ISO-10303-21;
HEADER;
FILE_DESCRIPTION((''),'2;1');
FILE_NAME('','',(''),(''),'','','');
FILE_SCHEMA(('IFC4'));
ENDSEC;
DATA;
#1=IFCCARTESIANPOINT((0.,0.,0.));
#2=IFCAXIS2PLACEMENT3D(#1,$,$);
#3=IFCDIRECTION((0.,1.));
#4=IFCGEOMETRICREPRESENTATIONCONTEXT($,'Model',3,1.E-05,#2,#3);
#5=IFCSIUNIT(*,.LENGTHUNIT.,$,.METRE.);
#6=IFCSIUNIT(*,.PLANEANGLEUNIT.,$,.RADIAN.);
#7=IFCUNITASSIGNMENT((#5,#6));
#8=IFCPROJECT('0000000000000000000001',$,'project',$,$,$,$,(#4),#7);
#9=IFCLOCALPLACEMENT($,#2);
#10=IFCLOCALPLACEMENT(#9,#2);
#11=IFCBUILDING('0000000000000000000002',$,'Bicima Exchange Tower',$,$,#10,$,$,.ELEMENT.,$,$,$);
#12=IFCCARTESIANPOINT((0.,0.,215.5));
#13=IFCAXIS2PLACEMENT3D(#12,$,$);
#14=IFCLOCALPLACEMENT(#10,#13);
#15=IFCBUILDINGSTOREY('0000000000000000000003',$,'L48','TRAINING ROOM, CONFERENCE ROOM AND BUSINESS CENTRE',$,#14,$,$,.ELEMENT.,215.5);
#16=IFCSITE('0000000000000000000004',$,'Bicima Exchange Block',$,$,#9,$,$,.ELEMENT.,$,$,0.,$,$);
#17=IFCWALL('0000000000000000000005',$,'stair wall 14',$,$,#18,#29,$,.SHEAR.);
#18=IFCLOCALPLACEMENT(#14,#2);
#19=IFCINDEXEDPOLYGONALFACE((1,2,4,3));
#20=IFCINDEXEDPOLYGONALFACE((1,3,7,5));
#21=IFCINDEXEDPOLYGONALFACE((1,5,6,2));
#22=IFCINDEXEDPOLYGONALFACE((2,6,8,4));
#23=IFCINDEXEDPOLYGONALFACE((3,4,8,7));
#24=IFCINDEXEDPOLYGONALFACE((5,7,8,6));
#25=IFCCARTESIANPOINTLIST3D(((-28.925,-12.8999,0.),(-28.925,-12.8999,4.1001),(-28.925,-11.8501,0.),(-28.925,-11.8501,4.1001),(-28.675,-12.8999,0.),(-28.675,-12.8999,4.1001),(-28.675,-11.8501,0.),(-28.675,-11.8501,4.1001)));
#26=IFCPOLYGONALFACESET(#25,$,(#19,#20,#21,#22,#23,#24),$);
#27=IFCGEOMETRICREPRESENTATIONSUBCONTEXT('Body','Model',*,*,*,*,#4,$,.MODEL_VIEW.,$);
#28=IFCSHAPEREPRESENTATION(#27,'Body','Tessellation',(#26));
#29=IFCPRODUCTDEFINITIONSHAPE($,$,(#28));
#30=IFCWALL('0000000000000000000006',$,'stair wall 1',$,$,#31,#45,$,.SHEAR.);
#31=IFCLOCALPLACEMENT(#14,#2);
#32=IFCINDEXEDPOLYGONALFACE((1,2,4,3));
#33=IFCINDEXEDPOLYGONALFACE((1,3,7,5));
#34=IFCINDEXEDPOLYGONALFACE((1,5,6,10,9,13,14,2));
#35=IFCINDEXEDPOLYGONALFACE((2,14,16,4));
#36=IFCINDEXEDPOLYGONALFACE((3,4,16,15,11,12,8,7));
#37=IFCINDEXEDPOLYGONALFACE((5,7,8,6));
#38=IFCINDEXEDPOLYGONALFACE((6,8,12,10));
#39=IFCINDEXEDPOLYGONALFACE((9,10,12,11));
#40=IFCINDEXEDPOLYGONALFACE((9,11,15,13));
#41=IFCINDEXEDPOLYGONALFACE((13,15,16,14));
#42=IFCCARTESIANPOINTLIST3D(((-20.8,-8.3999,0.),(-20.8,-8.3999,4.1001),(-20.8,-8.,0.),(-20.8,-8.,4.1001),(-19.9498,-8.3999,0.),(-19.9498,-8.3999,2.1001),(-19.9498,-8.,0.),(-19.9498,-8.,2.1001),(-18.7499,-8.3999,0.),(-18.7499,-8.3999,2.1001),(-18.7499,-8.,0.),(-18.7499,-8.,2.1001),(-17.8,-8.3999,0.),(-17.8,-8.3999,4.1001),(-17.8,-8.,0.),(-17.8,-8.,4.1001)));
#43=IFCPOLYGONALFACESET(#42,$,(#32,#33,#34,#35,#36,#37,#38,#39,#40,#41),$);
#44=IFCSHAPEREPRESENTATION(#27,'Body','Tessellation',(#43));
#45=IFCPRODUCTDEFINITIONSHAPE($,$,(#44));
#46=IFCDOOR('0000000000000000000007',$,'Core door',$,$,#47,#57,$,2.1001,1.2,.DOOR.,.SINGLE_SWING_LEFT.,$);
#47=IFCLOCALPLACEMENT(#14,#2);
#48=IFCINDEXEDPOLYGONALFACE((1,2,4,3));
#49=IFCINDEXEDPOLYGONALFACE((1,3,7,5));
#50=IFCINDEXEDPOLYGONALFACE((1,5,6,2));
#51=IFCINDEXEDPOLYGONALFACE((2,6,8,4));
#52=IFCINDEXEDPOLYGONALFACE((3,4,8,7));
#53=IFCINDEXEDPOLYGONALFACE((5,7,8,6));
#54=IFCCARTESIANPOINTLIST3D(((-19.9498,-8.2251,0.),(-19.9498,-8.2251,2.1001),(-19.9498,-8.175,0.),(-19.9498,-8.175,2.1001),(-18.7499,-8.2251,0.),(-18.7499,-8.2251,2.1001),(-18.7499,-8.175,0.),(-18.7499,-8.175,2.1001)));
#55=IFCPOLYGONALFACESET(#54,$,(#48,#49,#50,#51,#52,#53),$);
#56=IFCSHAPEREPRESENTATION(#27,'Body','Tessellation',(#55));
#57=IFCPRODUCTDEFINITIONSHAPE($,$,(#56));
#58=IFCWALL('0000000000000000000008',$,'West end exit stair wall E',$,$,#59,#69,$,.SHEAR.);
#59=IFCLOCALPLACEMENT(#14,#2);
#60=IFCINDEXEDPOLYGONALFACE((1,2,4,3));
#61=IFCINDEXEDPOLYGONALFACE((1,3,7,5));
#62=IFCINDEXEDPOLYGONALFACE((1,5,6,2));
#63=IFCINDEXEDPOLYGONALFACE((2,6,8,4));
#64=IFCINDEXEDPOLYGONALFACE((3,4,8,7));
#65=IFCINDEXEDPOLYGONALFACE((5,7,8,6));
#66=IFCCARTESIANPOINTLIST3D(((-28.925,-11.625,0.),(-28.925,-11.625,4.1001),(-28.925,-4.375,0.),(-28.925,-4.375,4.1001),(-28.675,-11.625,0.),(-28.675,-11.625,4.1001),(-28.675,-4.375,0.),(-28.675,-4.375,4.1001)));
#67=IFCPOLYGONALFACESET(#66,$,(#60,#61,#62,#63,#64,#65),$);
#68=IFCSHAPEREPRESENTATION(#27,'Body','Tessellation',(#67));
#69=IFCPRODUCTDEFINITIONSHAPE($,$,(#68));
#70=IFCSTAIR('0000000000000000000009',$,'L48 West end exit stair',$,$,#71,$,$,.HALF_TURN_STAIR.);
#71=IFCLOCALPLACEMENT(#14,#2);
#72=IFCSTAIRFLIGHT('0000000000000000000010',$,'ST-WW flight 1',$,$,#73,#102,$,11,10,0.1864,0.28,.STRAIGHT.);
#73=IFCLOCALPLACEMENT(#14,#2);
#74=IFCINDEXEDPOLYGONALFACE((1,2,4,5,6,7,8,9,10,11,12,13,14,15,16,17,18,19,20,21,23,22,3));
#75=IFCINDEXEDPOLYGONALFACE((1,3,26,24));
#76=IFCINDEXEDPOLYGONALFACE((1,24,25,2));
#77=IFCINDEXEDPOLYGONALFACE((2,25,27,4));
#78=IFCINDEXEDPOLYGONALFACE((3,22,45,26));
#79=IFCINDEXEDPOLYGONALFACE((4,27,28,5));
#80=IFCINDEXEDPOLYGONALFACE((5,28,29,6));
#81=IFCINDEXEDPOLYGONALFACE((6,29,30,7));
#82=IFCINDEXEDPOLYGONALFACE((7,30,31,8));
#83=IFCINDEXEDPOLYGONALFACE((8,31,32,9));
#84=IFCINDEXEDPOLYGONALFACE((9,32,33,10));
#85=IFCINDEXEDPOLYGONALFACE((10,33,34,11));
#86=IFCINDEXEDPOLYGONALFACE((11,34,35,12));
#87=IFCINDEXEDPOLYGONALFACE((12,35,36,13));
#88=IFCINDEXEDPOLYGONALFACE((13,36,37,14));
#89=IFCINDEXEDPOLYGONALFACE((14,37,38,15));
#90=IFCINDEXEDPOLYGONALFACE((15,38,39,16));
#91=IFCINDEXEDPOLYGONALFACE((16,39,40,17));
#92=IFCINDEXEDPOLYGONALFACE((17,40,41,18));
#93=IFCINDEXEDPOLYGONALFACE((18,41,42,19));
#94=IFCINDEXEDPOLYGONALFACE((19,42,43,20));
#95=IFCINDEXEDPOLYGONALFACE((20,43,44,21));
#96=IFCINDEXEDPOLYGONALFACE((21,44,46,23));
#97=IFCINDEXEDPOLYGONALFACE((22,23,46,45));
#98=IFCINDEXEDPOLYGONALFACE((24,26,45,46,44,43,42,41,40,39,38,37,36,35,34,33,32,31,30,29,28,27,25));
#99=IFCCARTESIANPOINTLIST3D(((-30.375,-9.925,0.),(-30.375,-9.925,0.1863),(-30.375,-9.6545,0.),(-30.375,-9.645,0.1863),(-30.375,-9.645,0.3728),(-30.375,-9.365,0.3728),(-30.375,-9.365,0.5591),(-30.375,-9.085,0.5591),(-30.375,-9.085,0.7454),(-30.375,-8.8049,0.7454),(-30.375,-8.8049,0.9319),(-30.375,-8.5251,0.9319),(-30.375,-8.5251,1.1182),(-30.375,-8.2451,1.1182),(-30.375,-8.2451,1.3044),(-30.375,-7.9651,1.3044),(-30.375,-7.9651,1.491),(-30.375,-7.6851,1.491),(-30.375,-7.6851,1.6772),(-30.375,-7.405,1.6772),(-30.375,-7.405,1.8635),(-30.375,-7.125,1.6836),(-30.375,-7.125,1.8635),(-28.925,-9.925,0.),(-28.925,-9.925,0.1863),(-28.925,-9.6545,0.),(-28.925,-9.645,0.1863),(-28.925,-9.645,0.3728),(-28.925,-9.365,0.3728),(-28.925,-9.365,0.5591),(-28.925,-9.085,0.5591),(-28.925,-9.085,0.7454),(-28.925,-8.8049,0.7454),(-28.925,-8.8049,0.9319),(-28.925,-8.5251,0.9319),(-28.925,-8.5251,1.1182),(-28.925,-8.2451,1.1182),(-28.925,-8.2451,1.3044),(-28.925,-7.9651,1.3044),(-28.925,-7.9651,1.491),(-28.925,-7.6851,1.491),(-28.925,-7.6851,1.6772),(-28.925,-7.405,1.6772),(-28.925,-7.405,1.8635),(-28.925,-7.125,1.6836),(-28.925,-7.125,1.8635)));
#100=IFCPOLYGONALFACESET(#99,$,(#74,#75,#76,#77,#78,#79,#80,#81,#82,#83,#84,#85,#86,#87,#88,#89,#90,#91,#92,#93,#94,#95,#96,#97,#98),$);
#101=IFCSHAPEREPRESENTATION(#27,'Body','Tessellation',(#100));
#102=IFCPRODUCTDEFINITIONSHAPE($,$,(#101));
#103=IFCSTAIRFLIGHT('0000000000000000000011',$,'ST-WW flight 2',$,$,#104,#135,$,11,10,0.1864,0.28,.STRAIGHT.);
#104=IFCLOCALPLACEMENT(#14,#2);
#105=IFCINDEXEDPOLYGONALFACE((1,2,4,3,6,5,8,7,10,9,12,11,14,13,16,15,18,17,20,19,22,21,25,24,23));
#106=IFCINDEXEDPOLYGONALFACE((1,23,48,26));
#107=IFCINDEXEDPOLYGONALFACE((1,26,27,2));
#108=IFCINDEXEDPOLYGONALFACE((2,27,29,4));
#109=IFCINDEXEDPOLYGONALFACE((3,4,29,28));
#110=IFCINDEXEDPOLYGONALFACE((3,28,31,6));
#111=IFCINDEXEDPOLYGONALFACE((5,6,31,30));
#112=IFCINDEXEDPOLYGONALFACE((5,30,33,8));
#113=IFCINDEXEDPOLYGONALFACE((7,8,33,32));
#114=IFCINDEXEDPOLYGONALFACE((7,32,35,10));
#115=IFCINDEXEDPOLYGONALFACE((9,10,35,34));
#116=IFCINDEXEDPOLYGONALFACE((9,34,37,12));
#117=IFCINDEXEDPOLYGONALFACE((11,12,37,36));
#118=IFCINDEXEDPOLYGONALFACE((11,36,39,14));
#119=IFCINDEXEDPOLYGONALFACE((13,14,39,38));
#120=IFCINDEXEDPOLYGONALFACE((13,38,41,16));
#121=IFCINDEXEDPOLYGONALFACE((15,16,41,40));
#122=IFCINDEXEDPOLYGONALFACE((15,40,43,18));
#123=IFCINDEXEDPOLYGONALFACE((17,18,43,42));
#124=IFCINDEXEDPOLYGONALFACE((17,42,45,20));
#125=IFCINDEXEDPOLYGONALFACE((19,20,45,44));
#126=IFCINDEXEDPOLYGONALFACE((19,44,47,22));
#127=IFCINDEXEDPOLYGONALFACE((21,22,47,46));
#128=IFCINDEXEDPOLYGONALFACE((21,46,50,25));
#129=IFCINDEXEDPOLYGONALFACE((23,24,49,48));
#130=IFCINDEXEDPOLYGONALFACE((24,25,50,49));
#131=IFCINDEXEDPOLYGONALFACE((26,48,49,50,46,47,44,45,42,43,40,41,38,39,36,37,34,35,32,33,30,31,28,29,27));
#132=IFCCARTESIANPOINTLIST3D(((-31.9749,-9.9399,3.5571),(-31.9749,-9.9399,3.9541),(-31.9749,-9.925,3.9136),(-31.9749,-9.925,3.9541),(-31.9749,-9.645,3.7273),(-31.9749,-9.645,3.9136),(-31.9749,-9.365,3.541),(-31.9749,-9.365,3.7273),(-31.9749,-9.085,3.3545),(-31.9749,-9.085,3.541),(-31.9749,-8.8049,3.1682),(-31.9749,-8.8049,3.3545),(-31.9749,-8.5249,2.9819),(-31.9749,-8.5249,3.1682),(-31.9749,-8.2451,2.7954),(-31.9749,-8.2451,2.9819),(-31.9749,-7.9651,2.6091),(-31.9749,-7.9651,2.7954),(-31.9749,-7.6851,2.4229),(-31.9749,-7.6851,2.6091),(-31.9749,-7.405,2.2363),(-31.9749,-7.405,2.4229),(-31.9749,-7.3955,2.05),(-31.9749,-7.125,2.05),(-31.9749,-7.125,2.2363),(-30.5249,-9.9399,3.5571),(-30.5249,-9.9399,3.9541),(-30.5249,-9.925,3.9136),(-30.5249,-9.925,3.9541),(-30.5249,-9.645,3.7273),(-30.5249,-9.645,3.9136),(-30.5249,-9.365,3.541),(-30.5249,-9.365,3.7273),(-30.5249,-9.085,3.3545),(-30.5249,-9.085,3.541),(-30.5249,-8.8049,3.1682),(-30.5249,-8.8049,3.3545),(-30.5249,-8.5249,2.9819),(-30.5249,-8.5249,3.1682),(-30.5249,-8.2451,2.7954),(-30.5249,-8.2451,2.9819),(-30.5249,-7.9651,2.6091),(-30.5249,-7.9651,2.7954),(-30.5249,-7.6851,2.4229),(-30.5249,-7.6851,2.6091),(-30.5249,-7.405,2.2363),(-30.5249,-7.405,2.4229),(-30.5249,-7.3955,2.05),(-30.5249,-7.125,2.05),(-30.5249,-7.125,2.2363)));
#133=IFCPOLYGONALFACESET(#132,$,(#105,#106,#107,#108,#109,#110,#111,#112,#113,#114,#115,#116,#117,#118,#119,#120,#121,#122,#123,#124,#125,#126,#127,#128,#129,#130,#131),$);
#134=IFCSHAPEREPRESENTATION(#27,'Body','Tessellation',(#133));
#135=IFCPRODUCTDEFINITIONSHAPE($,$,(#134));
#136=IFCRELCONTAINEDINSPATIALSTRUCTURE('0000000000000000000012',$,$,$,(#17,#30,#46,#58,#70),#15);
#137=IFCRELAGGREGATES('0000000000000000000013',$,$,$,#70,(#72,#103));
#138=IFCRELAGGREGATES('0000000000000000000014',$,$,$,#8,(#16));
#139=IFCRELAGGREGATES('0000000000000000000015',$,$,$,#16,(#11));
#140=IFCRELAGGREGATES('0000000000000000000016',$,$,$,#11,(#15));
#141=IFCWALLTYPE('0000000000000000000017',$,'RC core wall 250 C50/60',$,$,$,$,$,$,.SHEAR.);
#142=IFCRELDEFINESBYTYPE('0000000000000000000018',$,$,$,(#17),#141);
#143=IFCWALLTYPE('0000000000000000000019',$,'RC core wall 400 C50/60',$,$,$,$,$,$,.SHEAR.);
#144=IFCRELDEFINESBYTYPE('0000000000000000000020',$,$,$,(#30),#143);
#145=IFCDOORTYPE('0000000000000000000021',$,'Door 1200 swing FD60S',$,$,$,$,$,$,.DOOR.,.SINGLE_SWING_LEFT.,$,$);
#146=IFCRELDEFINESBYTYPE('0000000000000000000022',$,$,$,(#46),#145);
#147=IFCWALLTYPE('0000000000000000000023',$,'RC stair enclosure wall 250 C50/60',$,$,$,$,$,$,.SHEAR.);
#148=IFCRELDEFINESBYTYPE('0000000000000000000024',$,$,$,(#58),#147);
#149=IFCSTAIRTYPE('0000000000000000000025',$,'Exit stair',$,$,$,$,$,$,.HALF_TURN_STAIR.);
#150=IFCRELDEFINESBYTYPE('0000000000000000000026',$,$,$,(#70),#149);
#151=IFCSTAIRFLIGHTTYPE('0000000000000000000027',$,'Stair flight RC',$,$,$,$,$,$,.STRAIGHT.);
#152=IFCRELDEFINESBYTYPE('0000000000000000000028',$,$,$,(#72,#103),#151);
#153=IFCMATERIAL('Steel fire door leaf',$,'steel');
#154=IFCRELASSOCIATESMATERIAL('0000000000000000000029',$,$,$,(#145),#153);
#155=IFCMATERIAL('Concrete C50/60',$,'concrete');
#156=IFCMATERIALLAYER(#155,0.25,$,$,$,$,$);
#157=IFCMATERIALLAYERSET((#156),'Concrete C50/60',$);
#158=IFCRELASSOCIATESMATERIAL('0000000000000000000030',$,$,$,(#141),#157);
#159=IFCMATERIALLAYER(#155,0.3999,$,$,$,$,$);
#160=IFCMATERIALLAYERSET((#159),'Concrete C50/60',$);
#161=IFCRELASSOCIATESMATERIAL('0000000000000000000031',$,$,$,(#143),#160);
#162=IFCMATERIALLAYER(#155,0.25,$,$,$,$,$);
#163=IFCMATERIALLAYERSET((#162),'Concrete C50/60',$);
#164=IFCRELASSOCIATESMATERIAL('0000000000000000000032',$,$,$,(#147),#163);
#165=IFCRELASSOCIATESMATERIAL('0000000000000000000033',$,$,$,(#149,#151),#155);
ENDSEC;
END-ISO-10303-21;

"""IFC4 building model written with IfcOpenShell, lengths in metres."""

from ifc_helpers import new_model, si_unit, direction, frame, frame_2d, origin, place, context, subcontext, project, spatial, polyline, rectangle, outline, extrude, material, layer, layer_set, type_object, element, fill, aggregate, save


model = new_model("IFC4")

# Units and contexts
model_context = context("Model", 3, precision=1e-05, world=origin(), true_north=direction((0.0, 1.0)))
body_context = subcontext(model_context, "Body", "Model", "MODEL_VIEW")
ifc_project = project(units=[si_unit("LENGTHUNIT", "METRE"), si_unit("PLANEANGLEUNIT", "RADIAN")], contexts=[model_context])

# Site, building, storey
site_placement = place(None, origin())
site = spatial("IfcSite", under=ifc_project, at=site_placement, Name="Bicima Exchange Block", CompositionType="ELEMENT", RefElevation=0.0)
building_placement = place(site_placement, origin())
building = spatial("IfcBuilding", under=site, at=building_placement, Name="Bicima Exchange Tower", CompositionType="ELEMENT")
storey_placement = place(building_placement, frame((0.0, 0.0, 215.5)))
storey = spatial("IfcBuildingStorey", under=building, at=storey_placement, Name="L48", Description="TRAINING ROOM, CONFERENCE ROOM AND BUSINESS CENTRE", CompositionType="ELEMENT", Elevation=215.5)

# Shared definitions
ifc_material_1 = material(Name="Concrete C50/60", Category="concrete")
ifc_material_2 = material(Name="Steel fire door leaf", Category="steel")
door_type_1 = type_object("IfcDoorType", Name="Door 1200 swing FD60S", OperationType="SINGLE_SWING_LEFT", PredefinedType="DOOR", material=ifc_material_2)

# Wall
ifc_layer_1 = layer(ifc_material_1, 0.25)
ifc_layer_set_1 = layer_set([ifc_layer_1], Name="Concrete C50/60")
wall_type_1 = type_object("IfcWallType", Name="RC core wall 250 C50/60", PredefinedType="SHEAR", material=ifc_layer_set_1)
wall_1_placement = place(storey_placement, frame((-28.8, -12.8999, 0.0), z_axis=(0.0, 0.0, 1.0), x_axis=(0.0, 1.0, 0.0)))
element("IfcWall", 1, at=wall_1_placement, inside=storey, type_object=wall_type_1, Name="stair wall 14", PredefinedType="SHEAR", context=body_context, shape_type="SweptSolid", body=[
    extrude(rectangle(XDim=1.0498, YDim=0.25, at=frame_2d((0.5249, 0.0))), origin(), (0.0, 0.0, 1.0), 4.1001),
])

# Wall, opening, door
ifc_layer_2 = layer(ifc_material_1, 0.3999)
ifc_layer_set_2 = layer_set([ifc_layer_2], Name="Concrete C50/60")
wall_type_2 = type_object("IfcWallType", Name="RC core wall 400 C50/60", PredefinedType="SHEAR", material=ifc_layer_set_2)
wall_2_placement = place(storey_placement, frame((-20.8, -8.2, 0.0), z_axis=(0.0, 0.0, 1.0), x_axis=(1.0, 0.0, 0.0)))
wall_2 = element("IfcWall", 2, at=wall_2_placement, inside=storey, type_object=wall_type_2, Name="stair wall 1", PredefinedType="SHEAR", context=body_context, shape_type="SweptSolid", body=[
    extrude(rectangle(XDim=3.0, YDim=0.3999, at=frame_2d((1.5, 0.0))), origin(), (0.0, 0.0, 1.0), 4.1001),
])
opening_1_placement = place(wall_2_placement, frame((0.8501, 0.0, 0.0)))
opening_1 = element("IfcOpeningElement", 3, at=opening_1_placement, cuts=wall_2, PredefinedType="OPENING", context=body_context, shape_type="SweptSolid", body=[
    extrude(rectangle(XDim=1.2, YDim=2.1001, at=frame_2d((0.6001, 1.05))), frame((0.0, 0.2119, 0.0), z_axis=(0.0, -1.0, 0.0), x_axis=(1.0, 0.0, 0.0)), (0.0, 0.0, 1.0), 0.4238),
])
door_1_placement = place(opening_1_placement, origin())
door_1 = element("IfcDoor", 4, at=door_1_placement, inside=storey, type_object=door_type_1, Name="Core door", OperationType="SINGLE_SWING_LEFT", OverallHeight=2.1001, OverallWidth=1.2, PredefinedType="DOOR", context=body_context, shape_type="SweptSolid", body=[
    extrude(rectangle(XDim=1.2, YDim=2.1001, at=frame_2d((0.6001, 1.05))), frame((0.0, 0.0249, 0.0), z_axis=(0.0, -1.0, 0.0), x_axis=(1.0, 0.0, 0.0)), (0.0, 0.0, 1.0), 0.05),
])
fill(opening_1, door_1)

# Wall
ifc_layer_3 = layer(ifc_material_1, 0.25)
ifc_layer_set_3 = layer_set([ifc_layer_3], Name="Concrete C50/60")
wall_type_3 = type_object("IfcWallType", Name="RC stair enclosure wall 250 C50/60", PredefinedType="SHEAR", material=ifc_layer_set_3)
wall_3_placement = place(storey_placement, frame((-28.8, -11.625, 0.0), z_axis=(0.0, 0.0, 1.0), x_axis=(0.0, 1.0, 0.0)))
element("IfcWall", 5, at=wall_3_placement, inside=storey, type_object=wall_type_3, Name="West end exit stair wall E", PredefinedType="SHEAR", context=body_context, shape_type="SweptSolid", body=[
    extrude(rectangle(XDim=7.25, YDim=0.25, at=frame_2d((3.625, 0.0))), origin(), (0.0, 0.0, 1.0), 4.1001),
])

# Stair, stair flights
stair_type = type_object("IfcStairType", Name="Exit stair", PredefinedType="HALF_TURN_STAIR", material=ifc_material_1)
stair_placement = place(storey_placement, origin())
stair = element("IfcStair", 6, at=stair_placement, inside=storey, type_object=stair_type, Name="L48 West end exit stair", PredefinedType="HALF_TURN_STAIR")
stair_flight_type = type_object("IfcStairFlightType", Name="Stair flight RC", PredefinedType="STRAIGHT", material=ifc_material_1)
stair_flight_1_placement = place(storey_placement, frame((-29.6499, -9.925, 0.0), z_axis=(0.0, 0.0, 1.0), x_axis=(0.0, 1.0, 0.0)))
stair_flight_1 = element("IfcStairFlight", 7, at=stair_flight_1_placement, type_object=stair_flight_type, Name="ST-WW flight 1", NumberOfRisers=11, NumberOfTreads=10, PredefinedType="STRAIGHT", RiserHeight=0.1864, TreadLength=0.28, context=body_context, shape_type="SweptSolid", body=[
    extrude(outline(polyline([(0.0, 0.0), (0.0, 0.1863), (0.28, 0.1863), (0.28, 0.3728), (0.5601, 0.3728), (0.5601, 0.5591), (0.8401, 0.5591), (0.8401, 0.7454), (1.1201, 0.7454), (1.1201, 0.9319), (1.3999, 0.9319), (1.3999, 1.1182), (1.6799, 1.1182), (1.6799, 1.3044), (1.96, 1.3044), (1.96, 1.491), (2.24, 1.491), (2.24, 1.6772), (2.52, 1.6772), (2.52, 1.8635), (2.8, 1.8635), (2.8, 2.05), (2.8, 1.6836), (0.2705, 0.0), (0.0, 0.0)])), frame((0.0, 0.7251, 0.0), z_axis=(0.0, -1.0, 0.0), x_axis=(1.0, 0.0, 0.0)), (0.0, 0.0, 1.0), 1.45),
])
stair_flight_2_placement = place(storey_placement, frame((-31.25, -7.125, 2.05), z_axis=(0.0, 0.0, 1.0), x_axis=(0.0, -1.0, 0.0)))
stair_flight_2 = element("IfcStairFlight", 8, at=stair_flight_2_placement, type_object=stair_flight_type, Name="ST-WW flight 2", NumberOfRisers=11, NumberOfTreads=10, PredefinedType="STRAIGHT", RiserHeight=0.1864, TreadLength=0.28, context=body_context, shape_type="SweptSolid", body=[
    extrude(outline(polyline([(0.0, 0.0), (0.0, 0.1863), (0.28, 0.1863), (0.28, 0.3728), (0.5601, 0.3728), (0.5601, 0.5591), (0.8401, 0.5591), (0.8401, 0.7454), (1.1201, 0.7454), (1.1201, 0.9319), (1.3999, 0.9319), (1.3999, 1.1182), (1.6799, 1.1182), (1.6799, 1.3044), (1.96, 1.3044), (1.96, 1.491), (2.24, 1.491), (2.24, 1.6772), (2.52, 1.6772), (2.52, 1.8635), (2.8, 1.8635), (2.8, 1.9041), (2.8149, 1.9041), (2.8149, 1.5071), (0.2705, 0.0), (0.0, 0.0)])), frame((0.0, 0.7251, 0.0), z_axis=(0.0, -1.0, 0.0), x_axis=(1.0, 0.0, 0.0)), (0.0, 0.0, 1.0), 1.45),
])
aggregate(stair, [stair_flight_1, stair_flight_2])

save(model, "model.ifc")
